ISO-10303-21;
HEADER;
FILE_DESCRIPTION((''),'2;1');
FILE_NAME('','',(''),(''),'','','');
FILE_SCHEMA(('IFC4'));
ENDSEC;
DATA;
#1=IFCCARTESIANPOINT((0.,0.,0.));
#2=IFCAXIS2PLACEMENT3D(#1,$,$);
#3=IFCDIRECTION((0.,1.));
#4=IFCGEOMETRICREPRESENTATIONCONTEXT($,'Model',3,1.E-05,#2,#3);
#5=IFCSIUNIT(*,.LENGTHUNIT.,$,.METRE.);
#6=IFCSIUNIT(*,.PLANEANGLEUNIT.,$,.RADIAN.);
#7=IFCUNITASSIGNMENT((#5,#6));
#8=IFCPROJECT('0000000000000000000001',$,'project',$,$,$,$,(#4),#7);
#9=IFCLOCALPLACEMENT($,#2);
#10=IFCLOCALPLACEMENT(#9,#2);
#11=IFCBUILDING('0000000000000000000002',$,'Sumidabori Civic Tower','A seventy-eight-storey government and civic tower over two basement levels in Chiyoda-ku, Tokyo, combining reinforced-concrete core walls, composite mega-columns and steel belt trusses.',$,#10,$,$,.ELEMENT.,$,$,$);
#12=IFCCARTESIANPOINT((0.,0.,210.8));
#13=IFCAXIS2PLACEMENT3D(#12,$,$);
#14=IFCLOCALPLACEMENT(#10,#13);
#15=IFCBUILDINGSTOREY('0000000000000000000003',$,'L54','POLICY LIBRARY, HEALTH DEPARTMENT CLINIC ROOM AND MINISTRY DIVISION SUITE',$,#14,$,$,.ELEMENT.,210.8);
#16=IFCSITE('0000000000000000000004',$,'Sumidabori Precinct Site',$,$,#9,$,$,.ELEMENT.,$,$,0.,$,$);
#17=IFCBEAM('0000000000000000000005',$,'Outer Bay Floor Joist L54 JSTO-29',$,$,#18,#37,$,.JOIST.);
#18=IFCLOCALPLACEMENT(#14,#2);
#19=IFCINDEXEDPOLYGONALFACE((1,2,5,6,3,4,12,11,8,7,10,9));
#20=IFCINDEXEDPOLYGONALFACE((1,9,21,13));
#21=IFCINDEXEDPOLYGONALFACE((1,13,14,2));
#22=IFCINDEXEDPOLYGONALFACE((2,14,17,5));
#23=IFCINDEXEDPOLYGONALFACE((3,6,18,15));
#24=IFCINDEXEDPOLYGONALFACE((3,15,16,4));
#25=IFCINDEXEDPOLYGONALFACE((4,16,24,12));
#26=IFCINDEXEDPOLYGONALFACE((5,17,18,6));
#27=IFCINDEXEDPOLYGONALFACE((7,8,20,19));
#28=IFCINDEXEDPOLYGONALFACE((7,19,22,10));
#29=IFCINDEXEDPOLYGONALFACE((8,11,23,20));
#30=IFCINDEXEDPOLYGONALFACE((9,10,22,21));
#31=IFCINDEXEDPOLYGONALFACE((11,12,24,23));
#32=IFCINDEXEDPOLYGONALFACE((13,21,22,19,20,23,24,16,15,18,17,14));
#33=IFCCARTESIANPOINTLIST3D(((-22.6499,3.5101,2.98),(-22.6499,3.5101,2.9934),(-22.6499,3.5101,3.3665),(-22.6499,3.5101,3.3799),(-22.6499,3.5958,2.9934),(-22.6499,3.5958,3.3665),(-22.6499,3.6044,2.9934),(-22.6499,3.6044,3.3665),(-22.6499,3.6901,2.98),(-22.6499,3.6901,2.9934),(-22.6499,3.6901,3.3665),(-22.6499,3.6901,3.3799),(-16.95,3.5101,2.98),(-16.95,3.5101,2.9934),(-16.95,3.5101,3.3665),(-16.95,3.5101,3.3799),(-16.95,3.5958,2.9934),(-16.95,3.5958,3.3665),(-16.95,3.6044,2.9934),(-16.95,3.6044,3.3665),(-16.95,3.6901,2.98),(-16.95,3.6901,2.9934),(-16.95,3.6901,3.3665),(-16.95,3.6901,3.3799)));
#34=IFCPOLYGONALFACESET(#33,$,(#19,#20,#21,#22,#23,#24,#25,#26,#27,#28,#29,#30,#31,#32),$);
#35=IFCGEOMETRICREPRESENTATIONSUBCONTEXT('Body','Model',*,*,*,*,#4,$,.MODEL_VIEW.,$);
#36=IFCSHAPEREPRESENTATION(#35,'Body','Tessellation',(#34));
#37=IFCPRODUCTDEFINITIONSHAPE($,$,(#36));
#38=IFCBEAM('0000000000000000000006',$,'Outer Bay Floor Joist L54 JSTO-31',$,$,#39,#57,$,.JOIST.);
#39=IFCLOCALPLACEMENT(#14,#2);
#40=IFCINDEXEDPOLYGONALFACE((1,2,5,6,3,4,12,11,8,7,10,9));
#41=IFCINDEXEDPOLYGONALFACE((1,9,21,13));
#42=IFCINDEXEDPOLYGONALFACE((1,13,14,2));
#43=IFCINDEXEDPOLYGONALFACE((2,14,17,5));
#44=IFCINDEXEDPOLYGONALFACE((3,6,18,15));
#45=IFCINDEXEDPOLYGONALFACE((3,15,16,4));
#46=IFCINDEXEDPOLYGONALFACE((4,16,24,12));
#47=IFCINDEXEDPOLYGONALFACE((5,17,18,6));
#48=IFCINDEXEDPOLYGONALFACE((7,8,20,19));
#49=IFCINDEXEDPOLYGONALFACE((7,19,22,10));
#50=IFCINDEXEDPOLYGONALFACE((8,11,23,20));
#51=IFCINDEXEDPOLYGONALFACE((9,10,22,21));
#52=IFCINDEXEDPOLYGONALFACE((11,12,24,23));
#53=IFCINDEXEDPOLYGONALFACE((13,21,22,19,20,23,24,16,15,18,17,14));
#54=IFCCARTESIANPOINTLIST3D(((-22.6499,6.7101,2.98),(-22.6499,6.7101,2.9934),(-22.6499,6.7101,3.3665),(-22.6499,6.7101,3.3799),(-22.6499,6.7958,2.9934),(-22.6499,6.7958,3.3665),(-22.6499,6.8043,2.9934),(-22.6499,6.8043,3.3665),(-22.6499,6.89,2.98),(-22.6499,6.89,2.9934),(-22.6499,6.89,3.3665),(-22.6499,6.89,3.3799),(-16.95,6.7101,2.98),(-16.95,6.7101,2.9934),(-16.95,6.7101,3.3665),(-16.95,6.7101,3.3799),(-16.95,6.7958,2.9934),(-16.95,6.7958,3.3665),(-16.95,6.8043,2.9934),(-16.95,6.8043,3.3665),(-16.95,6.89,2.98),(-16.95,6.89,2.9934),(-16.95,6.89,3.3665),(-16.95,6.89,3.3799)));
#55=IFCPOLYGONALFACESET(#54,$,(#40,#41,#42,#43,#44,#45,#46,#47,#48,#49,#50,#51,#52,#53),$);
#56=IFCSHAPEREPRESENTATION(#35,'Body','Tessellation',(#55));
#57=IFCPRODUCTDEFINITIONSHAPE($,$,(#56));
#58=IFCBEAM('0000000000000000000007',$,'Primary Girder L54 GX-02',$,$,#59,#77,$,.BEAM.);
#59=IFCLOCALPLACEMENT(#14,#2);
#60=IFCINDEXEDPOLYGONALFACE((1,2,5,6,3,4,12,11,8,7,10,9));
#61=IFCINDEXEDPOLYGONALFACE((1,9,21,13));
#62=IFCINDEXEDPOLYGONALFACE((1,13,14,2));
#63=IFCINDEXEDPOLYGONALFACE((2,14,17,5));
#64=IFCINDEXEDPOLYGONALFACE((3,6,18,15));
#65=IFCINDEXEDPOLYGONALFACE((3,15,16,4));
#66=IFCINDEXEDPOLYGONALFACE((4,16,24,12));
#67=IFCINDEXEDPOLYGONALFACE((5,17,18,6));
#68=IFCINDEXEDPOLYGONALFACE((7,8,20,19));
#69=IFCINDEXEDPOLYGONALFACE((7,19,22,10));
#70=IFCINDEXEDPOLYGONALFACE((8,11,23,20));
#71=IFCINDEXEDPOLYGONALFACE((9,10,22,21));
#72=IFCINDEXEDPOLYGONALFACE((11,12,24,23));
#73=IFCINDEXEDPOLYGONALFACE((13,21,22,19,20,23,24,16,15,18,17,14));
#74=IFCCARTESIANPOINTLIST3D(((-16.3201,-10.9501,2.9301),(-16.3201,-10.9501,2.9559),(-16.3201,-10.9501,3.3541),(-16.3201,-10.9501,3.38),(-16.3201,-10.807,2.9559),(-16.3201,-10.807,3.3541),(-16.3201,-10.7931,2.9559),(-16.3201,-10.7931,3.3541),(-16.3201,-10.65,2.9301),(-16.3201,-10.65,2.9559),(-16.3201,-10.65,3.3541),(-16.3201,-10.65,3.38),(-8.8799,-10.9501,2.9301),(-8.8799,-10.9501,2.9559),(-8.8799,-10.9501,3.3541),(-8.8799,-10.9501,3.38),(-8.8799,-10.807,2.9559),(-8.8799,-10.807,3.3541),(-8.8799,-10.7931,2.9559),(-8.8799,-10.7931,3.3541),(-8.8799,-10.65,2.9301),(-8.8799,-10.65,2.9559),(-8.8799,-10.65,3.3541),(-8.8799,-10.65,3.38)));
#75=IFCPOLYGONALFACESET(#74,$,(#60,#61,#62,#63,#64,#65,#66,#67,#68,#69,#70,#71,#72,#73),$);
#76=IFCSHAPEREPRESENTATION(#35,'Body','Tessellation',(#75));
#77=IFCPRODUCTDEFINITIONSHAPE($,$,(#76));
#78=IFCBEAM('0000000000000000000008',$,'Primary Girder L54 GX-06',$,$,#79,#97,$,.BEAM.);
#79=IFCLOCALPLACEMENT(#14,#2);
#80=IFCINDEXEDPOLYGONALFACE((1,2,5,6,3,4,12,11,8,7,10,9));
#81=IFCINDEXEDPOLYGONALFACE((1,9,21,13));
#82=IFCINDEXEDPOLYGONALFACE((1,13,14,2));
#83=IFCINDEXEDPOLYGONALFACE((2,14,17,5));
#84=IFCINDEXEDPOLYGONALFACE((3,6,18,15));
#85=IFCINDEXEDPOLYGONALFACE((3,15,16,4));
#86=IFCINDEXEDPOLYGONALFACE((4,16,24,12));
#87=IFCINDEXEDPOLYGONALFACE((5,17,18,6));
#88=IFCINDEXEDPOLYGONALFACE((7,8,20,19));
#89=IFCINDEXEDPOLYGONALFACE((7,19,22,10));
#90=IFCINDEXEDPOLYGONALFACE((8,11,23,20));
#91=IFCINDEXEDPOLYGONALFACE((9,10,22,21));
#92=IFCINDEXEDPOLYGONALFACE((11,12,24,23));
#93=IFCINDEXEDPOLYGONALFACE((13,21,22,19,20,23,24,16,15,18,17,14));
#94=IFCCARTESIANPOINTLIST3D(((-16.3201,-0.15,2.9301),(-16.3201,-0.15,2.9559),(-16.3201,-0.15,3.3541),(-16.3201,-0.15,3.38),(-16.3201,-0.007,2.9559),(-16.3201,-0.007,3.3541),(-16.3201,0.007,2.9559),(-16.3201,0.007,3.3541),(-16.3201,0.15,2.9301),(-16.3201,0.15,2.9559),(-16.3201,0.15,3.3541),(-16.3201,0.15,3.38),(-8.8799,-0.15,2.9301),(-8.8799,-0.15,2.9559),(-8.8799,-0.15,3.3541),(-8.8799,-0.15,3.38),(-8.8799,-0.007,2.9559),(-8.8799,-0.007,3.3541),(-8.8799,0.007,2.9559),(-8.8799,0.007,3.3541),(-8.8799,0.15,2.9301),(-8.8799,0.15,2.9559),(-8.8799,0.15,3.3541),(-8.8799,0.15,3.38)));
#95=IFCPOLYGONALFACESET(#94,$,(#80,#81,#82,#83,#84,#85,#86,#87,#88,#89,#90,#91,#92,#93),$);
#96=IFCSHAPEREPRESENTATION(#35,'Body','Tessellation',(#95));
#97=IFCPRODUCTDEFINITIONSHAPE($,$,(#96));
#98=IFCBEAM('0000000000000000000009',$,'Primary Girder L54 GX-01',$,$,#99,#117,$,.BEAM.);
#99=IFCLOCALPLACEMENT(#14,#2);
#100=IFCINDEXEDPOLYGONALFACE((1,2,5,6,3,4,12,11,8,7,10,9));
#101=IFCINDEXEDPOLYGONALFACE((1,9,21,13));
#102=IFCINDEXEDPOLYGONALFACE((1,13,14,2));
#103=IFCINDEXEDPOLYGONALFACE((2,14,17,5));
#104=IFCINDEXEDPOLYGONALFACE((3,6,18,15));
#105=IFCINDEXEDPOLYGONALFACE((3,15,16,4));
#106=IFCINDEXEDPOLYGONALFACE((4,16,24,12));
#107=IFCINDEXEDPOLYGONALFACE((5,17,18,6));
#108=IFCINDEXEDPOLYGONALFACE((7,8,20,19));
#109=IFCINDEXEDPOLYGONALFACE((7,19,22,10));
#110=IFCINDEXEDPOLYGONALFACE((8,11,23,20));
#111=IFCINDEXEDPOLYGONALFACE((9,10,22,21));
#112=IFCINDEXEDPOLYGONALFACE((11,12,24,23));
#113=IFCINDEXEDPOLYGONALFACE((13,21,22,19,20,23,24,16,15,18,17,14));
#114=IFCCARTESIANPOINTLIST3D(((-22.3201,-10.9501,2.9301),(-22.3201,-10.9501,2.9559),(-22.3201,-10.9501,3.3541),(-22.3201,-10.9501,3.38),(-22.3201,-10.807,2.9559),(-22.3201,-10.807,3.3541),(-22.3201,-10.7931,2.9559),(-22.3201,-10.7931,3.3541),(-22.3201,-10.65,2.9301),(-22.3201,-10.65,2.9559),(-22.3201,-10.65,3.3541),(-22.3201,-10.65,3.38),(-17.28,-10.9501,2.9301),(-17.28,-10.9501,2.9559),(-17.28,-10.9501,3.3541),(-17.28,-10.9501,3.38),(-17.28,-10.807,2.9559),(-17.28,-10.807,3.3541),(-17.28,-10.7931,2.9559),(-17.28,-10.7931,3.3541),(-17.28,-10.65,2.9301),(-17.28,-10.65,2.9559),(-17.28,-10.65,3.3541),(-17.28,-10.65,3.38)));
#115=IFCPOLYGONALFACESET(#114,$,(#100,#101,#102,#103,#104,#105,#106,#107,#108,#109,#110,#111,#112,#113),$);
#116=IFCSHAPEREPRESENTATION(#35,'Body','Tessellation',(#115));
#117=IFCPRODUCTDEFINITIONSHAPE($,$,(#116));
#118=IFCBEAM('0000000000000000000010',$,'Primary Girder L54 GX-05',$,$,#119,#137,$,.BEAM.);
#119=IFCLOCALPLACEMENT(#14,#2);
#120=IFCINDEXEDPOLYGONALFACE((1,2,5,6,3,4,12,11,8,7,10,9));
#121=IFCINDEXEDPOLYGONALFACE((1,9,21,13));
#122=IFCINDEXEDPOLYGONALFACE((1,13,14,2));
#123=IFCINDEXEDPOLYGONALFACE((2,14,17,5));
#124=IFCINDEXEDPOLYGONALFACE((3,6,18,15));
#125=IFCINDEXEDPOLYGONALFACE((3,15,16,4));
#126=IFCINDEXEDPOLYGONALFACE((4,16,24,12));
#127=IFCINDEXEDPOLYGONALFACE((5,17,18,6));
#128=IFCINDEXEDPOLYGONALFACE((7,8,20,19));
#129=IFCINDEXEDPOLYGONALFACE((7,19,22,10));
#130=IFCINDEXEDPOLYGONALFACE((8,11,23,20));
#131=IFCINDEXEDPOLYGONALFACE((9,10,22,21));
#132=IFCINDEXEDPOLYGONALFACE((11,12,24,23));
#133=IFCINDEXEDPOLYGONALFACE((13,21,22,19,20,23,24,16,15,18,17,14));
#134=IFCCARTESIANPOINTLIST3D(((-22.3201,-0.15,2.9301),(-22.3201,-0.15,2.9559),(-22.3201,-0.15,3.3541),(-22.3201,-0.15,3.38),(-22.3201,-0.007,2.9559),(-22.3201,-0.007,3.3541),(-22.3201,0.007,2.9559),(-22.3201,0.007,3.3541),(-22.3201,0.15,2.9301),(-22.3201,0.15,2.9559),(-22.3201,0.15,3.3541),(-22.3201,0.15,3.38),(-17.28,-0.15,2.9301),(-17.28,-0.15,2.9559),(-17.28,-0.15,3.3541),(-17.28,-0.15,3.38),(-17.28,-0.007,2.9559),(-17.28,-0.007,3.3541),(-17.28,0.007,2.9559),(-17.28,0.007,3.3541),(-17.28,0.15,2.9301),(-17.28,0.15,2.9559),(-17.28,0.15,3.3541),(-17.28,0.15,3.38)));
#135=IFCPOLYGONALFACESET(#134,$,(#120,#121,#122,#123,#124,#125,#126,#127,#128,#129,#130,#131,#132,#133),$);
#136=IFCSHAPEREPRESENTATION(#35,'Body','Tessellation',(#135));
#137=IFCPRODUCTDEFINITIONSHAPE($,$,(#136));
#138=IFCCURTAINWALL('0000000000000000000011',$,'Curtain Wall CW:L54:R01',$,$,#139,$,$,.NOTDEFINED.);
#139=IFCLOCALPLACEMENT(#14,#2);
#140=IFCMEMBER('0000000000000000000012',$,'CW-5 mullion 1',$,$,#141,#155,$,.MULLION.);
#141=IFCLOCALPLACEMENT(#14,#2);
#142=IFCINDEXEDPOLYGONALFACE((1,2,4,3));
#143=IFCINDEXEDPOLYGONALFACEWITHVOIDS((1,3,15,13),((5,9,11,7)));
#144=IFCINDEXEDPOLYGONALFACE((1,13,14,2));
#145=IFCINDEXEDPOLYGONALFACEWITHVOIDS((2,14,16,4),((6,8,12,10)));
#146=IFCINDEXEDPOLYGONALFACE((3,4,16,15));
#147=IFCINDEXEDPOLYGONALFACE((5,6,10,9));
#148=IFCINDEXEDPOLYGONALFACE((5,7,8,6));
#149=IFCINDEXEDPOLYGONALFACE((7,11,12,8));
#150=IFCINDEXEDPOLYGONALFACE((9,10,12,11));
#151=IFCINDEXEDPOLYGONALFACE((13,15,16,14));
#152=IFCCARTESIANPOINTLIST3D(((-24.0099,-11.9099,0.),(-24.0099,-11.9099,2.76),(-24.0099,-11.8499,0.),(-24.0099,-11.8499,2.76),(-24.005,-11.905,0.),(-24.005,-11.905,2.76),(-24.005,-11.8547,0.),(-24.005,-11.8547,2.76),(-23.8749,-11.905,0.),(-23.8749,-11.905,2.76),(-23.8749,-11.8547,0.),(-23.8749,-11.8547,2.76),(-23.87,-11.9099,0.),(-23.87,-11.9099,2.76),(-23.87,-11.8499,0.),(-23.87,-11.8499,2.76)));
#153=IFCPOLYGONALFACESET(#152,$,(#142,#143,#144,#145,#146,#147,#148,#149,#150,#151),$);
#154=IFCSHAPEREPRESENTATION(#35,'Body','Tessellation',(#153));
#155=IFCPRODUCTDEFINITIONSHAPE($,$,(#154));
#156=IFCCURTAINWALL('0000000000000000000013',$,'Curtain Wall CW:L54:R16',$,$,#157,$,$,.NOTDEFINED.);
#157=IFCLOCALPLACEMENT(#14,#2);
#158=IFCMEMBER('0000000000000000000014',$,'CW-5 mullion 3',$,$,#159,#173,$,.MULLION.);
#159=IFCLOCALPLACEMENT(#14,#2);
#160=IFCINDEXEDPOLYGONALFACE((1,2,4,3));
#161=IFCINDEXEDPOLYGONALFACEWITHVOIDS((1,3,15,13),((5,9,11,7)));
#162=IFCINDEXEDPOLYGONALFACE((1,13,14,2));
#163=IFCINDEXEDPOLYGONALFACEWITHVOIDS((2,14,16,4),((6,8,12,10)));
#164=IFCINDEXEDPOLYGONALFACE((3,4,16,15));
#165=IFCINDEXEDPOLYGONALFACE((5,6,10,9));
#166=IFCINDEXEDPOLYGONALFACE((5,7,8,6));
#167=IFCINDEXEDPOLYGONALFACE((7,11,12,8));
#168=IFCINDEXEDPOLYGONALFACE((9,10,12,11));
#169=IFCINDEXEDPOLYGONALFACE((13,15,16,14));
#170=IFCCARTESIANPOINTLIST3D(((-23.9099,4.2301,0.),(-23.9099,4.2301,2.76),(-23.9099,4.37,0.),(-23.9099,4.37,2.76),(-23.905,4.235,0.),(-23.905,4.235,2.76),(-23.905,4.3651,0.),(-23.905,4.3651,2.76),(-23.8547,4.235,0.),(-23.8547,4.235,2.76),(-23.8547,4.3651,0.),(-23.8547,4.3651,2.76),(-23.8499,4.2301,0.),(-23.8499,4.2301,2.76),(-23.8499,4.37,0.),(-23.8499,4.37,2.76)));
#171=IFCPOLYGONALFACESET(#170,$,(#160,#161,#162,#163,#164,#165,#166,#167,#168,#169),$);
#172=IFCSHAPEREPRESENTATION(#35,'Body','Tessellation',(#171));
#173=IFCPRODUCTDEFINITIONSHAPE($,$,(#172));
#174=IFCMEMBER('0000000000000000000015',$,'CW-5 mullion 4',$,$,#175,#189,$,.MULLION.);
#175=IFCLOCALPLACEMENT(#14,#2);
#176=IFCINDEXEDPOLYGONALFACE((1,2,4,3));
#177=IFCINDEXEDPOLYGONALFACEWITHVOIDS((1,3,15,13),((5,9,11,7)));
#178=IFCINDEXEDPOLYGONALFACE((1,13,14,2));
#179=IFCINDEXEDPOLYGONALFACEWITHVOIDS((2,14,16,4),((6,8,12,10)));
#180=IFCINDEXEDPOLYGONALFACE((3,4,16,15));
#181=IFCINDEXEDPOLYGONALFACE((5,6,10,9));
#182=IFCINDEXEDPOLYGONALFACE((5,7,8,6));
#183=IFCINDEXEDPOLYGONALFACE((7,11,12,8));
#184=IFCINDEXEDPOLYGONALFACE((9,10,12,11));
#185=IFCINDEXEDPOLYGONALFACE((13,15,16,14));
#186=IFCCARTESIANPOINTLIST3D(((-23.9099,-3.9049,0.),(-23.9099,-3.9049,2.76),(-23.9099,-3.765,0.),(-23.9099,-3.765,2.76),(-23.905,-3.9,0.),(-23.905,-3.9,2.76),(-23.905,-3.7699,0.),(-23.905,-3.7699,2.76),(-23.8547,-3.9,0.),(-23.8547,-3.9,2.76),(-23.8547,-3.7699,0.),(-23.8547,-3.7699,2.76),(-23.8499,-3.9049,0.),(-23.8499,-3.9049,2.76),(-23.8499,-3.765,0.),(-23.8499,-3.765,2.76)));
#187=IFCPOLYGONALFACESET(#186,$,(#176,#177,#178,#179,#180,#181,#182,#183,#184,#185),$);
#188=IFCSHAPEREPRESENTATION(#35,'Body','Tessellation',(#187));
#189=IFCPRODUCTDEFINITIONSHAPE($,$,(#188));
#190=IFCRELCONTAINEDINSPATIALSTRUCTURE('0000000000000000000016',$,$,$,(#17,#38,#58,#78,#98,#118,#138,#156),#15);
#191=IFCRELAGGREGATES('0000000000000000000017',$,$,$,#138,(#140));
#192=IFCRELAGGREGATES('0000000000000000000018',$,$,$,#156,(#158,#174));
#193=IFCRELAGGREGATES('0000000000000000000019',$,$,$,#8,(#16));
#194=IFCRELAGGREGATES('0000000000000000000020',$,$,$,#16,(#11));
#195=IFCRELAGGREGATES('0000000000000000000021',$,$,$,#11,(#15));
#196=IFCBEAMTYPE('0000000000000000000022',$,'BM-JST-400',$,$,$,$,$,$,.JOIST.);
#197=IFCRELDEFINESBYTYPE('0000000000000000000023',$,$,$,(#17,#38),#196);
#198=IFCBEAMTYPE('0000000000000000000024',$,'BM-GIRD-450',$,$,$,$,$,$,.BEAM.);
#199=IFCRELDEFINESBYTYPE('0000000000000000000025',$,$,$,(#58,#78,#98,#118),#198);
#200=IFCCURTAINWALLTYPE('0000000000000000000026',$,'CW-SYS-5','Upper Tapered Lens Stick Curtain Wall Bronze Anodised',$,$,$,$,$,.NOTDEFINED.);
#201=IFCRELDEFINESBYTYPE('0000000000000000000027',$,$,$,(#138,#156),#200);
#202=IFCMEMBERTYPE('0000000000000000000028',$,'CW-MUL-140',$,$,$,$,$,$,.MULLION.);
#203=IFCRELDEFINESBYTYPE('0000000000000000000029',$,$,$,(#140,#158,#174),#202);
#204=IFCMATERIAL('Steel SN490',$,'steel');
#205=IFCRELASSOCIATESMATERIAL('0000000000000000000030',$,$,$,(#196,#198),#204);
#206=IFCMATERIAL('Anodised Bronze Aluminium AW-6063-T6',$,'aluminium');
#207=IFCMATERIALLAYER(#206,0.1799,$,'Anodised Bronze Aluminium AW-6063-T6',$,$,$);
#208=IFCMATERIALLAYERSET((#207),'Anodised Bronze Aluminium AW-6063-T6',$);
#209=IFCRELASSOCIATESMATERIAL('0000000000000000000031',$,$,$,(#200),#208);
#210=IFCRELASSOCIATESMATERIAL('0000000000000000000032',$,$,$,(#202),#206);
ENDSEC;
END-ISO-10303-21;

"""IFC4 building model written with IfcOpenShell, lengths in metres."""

from ifc_helpers import new_model, si_unit, direction, frame, origin, origin_2d, place, context, subcontext, project, spatial, hollow_rectangle, i_section, extrude, source, transform, mapped, material, layer, layer_set, material_profile, profile_set, type_object, element, aggregate, save


model = new_model("IFC4")

# Units and contexts
model_context = context("Model", 3, precision=1e-05, world=origin(), true_north=direction((0.0, 1.0)))
body_context = subcontext(model_context, "Body", "Model", "MODEL_VIEW")
ifc_project = project(units=[si_unit("LENGTHUNIT", "METRE"), si_unit("PLANEANGLEUNIT", "RADIAN")], contexts=[model_context])

# Site, building, storey
site_placement = place(None, origin())
site = spatial("IfcSite", under=ifc_project, at=site_placement, Name="Sumidabori Precinct Site", CompositionType="ELEMENT", RefElevation=0.0)
building_placement = place(site_placement, origin())
building = spatial("IfcBuilding", under=site, at=building_placement, Name="Sumidabori Civic Tower", Description="A seventy-eight-storey government and civic tower over two basement levels in Chiyoda-ku, Tokyo, combining reinforced-concrete core walls, composite mega-columns and steel belt trusses.", CompositionType="ELEMENT")
storey_placement = place(building_placement, frame((0.0, 0.0, 210.8)))
storey = spatial("IfcBuildingStorey", under=building, at=storey_placement, Name="L54", Description="POLICY LIBRARY, HEALTH DEPARTMENT CLINIC ROOM AND MINISTRY DIVISION SUITE", CompositionType="ELEMENT", Elevation=210.8)

# Beams
ifc_material_1 = material(Name="Steel SN490", Category="steel")
ifc_material_profile_1 = material_profile(ifc_material_1, i_section(OverallWidth=0.1799, OverallDepth=0.3999, WebThickness=0.0085, FlangeThickness=0.0134, at=origin_2d()), Name="IPE 400")
ifc_profile_set_1 = profile_set([ifc_material_profile_1], Name="Steel SN490")
beam_type_1 = type_object("IfcBeamType", Name="BM-JST-400", PredefinedType="JOIST", material=ifc_profile_set_1)
shared_shape_1 = source(origin(), body_context, "Body", "SweptSolid", [
    extrude(i_section(OverallWidth=0.1799, OverallDepth=0.3999, WebThickness=0.0085, FlangeThickness=0.0134, at=origin_2d()), origin(), (0.0, 0.0, 1.0), 5.7),
])
for number, where, z_axis, x_axis, name in (
    (1, (-22.6499, 3.6001, 3.1799), (1.0, 0.0, 0.0), (0.0, 1.0, 0.0), "Outer Bay Floor Joist L54 JSTO-29"),
    (2, (-22.6499, 6.8, 3.1799), (1.0, 0.0, 0.0), (0.0, 1.0, 0.0), "Outer Bay Floor Joist L54 JSTO-31"),
):
    element("IfcBeam", number, at=place(storey_placement, frame(where, z_axis=z_axis, x_axis=x_axis)), inside=storey, type_object=beam_type_1, Name=name, PredefinedType="JOIST", context=body_context, shape_type="MappedRepresentation", body=[
        mapped(shared_shape_1, transform((0.0, 0.0, 0.0), x_axis=(1.0, 0.0, 0.0), y_axis=(0.0, 1.0, 0.0), z_axis=(0.0, 0.0, 1.0), scale=1.0)),
    ])
ifc_material_profile_2 = material_profile(ifc_material_1, i_section(OverallWidth=0.3, OverallDepth=0.45, WebThickness=0.0139, FlangeThickness=0.0259, at=origin_2d()), Name="HE 450 B")
ifc_profile_set_2 = profile_set([ifc_material_profile_2], Name="Steel SN490")
beam_type_2 = type_object("IfcBeamType", Name="BM-GIRD-450", PredefinedType="BEAM", material=ifc_profile_set_2)
shared_shape_2 = source(origin(), body_context, "Body", "SweptSolid", [
    extrude(i_section(OverallWidth=0.3, OverallDepth=0.45, WebThickness=0.0139, FlangeThickness=0.0259, at=origin_2d()), origin(), (0.0, 0.0, 1.0), 7.4402),
])
for number, where, z_axis, x_axis, name in (
    (3, (-16.3201, -10.8, 3.155), (1.0, 0.0, 0.0), (0.0, 1.0, 0.0), "Primary Girder L54 GX-02"),
    (4, (-16.3201, 0.0, 3.155), (1.0, 0.0, 0.0), (0.0, 1.0, 0.0), "Primary Girder L54 GX-06"),
):
    element("IfcBeam", number, at=place(storey_placement, frame(where, z_axis=z_axis, x_axis=x_axis)), inside=storey, type_object=beam_type_2, Name=name, PredefinedType="BEAM", context=body_context, shape_type="MappedRepresentation", body=[
        mapped(shared_shape_2, transform((0.0, 0.0, 0.0), x_axis=(1.0, 0.0, 0.0), y_axis=(0.0, 1.0, 0.0), z_axis=(0.0, 0.0, 1.0), scale=1.0)),
    ])
shared_shape_3 = source(origin(), body_context, "Body", "SweptSolid", [
    extrude(i_section(OverallWidth=0.3, OverallDepth=0.45, WebThickness=0.0139, FlangeThickness=0.0259, at=origin_2d()), origin(), (0.0, 0.0, 1.0), 5.04),
])
for number, where, z_axis, x_axis, name in (
    (5, (-22.3201, -10.8, 3.155), (1.0, 0.0, 0.0), (0.0, 1.0, 0.0), "Primary Girder L54 GX-01"),
    (6, (-22.3201, 0.0, 3.155), (1.0, 0.0, 0.0), (0.0, 1.0, 0.0), "Primary Girder L54 GX-05"),
):
    element("IfcBeam", number, at=place(storey_placement, frame(where, z_axis=z_axis, x_axis=x_axis)), inside=storey, type_object=beam_type_2, Name=name, PredefinedType="BEAM", context=body_context, shape_type="MappedRepresentation", body=[
        mapped(shared_shape_3, transform((0.0, 0.0, 0.0), x_axis=(1.0, 0.0, 0.0), y_axis=(0.0, 1.0, 0.0), z_axis=(0.0, 0.0, 1.0), scale=1.0)),
    ])

# Curtain wall, member
ifc_material_2 = material(Name="Anodised Bronze Aluminium AW-6063-T6", Category="aluminium")
ifc_layer_1 = layer(ifc_material_2, 0.1799, Name="Anodised Bronze Aluminium AW-6063-T6")
ifc_layer_set_1 = layer_set([ifc_layer_1], Name="Anodised Bronze Aluminium AW-6063-T6")
curtain_wall_type = type_object("IfcCurtainWallType", Name="CW-SYS-5", Description="Upper Tapered Lens Stick Curtain Wall Bronze Anodised", PredefinedType="NOTDEFINED", material=ifc_layer_set_1)
curtain_wall_1_placement = place(storey_placement, origin())
curtain_wall_1 = element("IfcCurtainWall", 7, at=curtain_wall_1_placement, inside=storey, type_object=curtain_wall_type, Name="Curtain Wall CW:L54:R01", PredefinedType="NOTDEFINED")
ifc_material_profile_3 = material_profile(ifc_material_2, hollow_rectangle(XDim=0.0601, YDim=0.1399, WallThickness=0.0049, at=origin_2d()), Name="ALU MULLION 140x60")
ifc_profile_set_3 = profile_set([ifc_material_profile_3], Name="Anodised Bronze Aluminium AW-6063-T6")
member_type_1 = type_object("IfcMemberType", Name="CW-MUL-140", PredefinedType="MULLION", material=ifc_profile_set_3)
shared_shape_4 = source(origin(), body_context, "Body", "SweptSolid", [
    extrude(hollow_rectangle(XDim=0.0601, YDim=0.1399, WallThickness=0.0049, at=origin_2d()), origin(), (0.0, 0.0, 1.0), 2.76),
])
member_1_placement = place(storey_placement, frame((-23.9399, -11.8799, 0.0), z_axis=(0.0, 0.0, 1.0), x_axis=(0.0, 1.0, 0.0)))
member_1 = element("IfcMember", 8, at=member_1_placement, type_object=member_type_1, Name="CW-5 mullion 1", PredefinedType="MULLION", context=body_context, shape_type="MappedRepresentation", body=[
    mapped(shared_shape_4, transform((0.0, 0.0, 0.0), x_axis=(1.0, 0.0, 0.0), y_axis=(0.0, 1.0, 0.0), z_axis=(0.0, 0.0, 1.0), scale=1.0)),
])

# Curtain wall, members
curtain_wall_2_placement = place(storey_placement, origin())
curtain_wall_2 = element("IfcCurtainWall", 9, at=curtain_wall_2_placement, inside=storey, type_object=curtain_wall_type, Name="Curtain Wall CW:L54:R16", PredefinedType="NOTDEFINED")
member_2_placement = place(storey_placement, frame((-23.8799, 4.3, 0.0), z_axis=(0.0, 0.0, 1.0), x_axis=(1.0, 0.0, 0.0)))
member_2 = element("IfcMember", 10, at=member_2_placement, type_object=member_type_1, Name="CW-5 mullion 3", PredefinedType="MULLION", context=body_context, shape_type="MappedRepresentation", body=[
    mapped(shared_shape_4, transform((0.0, 0.0, 0.0), x_axis=(1.0, 0.0, 0.0), y_axis=(0.0, 1.0, 0.0), z_axis=(0.0, 0.0, 1.0), scale=1.0)),
])
member_3_placement = place(storey_placement, frame((-23.8799, -3.835, 0.0), z_axis=(0.0, 0.0, 1.0), x_axis=(1.0, 0.0, 0.0)))
member_3 = element("IfcMember", 11, at=member_3_placement, type_object=member_type_1, Name="CW-5 mullion 4", PredefinedType="MULLION", context=body_context, shape_type="MappedRepresentation", body=[
    mapped(shared_shape_4, transform((0.0, 0.0, 0.0), x_axis=(1.0, 0.0, 0.0), y_axis=(0.0, 1.0, 0.0), z_axis=(0.0, 0.0, 1.0), scale=1.0)),
])

aggregate(curtain_wall_1, [member_1])
aggregate(curtain_wall_2, [member_2, member_3])

save(model, "model.ifc")
